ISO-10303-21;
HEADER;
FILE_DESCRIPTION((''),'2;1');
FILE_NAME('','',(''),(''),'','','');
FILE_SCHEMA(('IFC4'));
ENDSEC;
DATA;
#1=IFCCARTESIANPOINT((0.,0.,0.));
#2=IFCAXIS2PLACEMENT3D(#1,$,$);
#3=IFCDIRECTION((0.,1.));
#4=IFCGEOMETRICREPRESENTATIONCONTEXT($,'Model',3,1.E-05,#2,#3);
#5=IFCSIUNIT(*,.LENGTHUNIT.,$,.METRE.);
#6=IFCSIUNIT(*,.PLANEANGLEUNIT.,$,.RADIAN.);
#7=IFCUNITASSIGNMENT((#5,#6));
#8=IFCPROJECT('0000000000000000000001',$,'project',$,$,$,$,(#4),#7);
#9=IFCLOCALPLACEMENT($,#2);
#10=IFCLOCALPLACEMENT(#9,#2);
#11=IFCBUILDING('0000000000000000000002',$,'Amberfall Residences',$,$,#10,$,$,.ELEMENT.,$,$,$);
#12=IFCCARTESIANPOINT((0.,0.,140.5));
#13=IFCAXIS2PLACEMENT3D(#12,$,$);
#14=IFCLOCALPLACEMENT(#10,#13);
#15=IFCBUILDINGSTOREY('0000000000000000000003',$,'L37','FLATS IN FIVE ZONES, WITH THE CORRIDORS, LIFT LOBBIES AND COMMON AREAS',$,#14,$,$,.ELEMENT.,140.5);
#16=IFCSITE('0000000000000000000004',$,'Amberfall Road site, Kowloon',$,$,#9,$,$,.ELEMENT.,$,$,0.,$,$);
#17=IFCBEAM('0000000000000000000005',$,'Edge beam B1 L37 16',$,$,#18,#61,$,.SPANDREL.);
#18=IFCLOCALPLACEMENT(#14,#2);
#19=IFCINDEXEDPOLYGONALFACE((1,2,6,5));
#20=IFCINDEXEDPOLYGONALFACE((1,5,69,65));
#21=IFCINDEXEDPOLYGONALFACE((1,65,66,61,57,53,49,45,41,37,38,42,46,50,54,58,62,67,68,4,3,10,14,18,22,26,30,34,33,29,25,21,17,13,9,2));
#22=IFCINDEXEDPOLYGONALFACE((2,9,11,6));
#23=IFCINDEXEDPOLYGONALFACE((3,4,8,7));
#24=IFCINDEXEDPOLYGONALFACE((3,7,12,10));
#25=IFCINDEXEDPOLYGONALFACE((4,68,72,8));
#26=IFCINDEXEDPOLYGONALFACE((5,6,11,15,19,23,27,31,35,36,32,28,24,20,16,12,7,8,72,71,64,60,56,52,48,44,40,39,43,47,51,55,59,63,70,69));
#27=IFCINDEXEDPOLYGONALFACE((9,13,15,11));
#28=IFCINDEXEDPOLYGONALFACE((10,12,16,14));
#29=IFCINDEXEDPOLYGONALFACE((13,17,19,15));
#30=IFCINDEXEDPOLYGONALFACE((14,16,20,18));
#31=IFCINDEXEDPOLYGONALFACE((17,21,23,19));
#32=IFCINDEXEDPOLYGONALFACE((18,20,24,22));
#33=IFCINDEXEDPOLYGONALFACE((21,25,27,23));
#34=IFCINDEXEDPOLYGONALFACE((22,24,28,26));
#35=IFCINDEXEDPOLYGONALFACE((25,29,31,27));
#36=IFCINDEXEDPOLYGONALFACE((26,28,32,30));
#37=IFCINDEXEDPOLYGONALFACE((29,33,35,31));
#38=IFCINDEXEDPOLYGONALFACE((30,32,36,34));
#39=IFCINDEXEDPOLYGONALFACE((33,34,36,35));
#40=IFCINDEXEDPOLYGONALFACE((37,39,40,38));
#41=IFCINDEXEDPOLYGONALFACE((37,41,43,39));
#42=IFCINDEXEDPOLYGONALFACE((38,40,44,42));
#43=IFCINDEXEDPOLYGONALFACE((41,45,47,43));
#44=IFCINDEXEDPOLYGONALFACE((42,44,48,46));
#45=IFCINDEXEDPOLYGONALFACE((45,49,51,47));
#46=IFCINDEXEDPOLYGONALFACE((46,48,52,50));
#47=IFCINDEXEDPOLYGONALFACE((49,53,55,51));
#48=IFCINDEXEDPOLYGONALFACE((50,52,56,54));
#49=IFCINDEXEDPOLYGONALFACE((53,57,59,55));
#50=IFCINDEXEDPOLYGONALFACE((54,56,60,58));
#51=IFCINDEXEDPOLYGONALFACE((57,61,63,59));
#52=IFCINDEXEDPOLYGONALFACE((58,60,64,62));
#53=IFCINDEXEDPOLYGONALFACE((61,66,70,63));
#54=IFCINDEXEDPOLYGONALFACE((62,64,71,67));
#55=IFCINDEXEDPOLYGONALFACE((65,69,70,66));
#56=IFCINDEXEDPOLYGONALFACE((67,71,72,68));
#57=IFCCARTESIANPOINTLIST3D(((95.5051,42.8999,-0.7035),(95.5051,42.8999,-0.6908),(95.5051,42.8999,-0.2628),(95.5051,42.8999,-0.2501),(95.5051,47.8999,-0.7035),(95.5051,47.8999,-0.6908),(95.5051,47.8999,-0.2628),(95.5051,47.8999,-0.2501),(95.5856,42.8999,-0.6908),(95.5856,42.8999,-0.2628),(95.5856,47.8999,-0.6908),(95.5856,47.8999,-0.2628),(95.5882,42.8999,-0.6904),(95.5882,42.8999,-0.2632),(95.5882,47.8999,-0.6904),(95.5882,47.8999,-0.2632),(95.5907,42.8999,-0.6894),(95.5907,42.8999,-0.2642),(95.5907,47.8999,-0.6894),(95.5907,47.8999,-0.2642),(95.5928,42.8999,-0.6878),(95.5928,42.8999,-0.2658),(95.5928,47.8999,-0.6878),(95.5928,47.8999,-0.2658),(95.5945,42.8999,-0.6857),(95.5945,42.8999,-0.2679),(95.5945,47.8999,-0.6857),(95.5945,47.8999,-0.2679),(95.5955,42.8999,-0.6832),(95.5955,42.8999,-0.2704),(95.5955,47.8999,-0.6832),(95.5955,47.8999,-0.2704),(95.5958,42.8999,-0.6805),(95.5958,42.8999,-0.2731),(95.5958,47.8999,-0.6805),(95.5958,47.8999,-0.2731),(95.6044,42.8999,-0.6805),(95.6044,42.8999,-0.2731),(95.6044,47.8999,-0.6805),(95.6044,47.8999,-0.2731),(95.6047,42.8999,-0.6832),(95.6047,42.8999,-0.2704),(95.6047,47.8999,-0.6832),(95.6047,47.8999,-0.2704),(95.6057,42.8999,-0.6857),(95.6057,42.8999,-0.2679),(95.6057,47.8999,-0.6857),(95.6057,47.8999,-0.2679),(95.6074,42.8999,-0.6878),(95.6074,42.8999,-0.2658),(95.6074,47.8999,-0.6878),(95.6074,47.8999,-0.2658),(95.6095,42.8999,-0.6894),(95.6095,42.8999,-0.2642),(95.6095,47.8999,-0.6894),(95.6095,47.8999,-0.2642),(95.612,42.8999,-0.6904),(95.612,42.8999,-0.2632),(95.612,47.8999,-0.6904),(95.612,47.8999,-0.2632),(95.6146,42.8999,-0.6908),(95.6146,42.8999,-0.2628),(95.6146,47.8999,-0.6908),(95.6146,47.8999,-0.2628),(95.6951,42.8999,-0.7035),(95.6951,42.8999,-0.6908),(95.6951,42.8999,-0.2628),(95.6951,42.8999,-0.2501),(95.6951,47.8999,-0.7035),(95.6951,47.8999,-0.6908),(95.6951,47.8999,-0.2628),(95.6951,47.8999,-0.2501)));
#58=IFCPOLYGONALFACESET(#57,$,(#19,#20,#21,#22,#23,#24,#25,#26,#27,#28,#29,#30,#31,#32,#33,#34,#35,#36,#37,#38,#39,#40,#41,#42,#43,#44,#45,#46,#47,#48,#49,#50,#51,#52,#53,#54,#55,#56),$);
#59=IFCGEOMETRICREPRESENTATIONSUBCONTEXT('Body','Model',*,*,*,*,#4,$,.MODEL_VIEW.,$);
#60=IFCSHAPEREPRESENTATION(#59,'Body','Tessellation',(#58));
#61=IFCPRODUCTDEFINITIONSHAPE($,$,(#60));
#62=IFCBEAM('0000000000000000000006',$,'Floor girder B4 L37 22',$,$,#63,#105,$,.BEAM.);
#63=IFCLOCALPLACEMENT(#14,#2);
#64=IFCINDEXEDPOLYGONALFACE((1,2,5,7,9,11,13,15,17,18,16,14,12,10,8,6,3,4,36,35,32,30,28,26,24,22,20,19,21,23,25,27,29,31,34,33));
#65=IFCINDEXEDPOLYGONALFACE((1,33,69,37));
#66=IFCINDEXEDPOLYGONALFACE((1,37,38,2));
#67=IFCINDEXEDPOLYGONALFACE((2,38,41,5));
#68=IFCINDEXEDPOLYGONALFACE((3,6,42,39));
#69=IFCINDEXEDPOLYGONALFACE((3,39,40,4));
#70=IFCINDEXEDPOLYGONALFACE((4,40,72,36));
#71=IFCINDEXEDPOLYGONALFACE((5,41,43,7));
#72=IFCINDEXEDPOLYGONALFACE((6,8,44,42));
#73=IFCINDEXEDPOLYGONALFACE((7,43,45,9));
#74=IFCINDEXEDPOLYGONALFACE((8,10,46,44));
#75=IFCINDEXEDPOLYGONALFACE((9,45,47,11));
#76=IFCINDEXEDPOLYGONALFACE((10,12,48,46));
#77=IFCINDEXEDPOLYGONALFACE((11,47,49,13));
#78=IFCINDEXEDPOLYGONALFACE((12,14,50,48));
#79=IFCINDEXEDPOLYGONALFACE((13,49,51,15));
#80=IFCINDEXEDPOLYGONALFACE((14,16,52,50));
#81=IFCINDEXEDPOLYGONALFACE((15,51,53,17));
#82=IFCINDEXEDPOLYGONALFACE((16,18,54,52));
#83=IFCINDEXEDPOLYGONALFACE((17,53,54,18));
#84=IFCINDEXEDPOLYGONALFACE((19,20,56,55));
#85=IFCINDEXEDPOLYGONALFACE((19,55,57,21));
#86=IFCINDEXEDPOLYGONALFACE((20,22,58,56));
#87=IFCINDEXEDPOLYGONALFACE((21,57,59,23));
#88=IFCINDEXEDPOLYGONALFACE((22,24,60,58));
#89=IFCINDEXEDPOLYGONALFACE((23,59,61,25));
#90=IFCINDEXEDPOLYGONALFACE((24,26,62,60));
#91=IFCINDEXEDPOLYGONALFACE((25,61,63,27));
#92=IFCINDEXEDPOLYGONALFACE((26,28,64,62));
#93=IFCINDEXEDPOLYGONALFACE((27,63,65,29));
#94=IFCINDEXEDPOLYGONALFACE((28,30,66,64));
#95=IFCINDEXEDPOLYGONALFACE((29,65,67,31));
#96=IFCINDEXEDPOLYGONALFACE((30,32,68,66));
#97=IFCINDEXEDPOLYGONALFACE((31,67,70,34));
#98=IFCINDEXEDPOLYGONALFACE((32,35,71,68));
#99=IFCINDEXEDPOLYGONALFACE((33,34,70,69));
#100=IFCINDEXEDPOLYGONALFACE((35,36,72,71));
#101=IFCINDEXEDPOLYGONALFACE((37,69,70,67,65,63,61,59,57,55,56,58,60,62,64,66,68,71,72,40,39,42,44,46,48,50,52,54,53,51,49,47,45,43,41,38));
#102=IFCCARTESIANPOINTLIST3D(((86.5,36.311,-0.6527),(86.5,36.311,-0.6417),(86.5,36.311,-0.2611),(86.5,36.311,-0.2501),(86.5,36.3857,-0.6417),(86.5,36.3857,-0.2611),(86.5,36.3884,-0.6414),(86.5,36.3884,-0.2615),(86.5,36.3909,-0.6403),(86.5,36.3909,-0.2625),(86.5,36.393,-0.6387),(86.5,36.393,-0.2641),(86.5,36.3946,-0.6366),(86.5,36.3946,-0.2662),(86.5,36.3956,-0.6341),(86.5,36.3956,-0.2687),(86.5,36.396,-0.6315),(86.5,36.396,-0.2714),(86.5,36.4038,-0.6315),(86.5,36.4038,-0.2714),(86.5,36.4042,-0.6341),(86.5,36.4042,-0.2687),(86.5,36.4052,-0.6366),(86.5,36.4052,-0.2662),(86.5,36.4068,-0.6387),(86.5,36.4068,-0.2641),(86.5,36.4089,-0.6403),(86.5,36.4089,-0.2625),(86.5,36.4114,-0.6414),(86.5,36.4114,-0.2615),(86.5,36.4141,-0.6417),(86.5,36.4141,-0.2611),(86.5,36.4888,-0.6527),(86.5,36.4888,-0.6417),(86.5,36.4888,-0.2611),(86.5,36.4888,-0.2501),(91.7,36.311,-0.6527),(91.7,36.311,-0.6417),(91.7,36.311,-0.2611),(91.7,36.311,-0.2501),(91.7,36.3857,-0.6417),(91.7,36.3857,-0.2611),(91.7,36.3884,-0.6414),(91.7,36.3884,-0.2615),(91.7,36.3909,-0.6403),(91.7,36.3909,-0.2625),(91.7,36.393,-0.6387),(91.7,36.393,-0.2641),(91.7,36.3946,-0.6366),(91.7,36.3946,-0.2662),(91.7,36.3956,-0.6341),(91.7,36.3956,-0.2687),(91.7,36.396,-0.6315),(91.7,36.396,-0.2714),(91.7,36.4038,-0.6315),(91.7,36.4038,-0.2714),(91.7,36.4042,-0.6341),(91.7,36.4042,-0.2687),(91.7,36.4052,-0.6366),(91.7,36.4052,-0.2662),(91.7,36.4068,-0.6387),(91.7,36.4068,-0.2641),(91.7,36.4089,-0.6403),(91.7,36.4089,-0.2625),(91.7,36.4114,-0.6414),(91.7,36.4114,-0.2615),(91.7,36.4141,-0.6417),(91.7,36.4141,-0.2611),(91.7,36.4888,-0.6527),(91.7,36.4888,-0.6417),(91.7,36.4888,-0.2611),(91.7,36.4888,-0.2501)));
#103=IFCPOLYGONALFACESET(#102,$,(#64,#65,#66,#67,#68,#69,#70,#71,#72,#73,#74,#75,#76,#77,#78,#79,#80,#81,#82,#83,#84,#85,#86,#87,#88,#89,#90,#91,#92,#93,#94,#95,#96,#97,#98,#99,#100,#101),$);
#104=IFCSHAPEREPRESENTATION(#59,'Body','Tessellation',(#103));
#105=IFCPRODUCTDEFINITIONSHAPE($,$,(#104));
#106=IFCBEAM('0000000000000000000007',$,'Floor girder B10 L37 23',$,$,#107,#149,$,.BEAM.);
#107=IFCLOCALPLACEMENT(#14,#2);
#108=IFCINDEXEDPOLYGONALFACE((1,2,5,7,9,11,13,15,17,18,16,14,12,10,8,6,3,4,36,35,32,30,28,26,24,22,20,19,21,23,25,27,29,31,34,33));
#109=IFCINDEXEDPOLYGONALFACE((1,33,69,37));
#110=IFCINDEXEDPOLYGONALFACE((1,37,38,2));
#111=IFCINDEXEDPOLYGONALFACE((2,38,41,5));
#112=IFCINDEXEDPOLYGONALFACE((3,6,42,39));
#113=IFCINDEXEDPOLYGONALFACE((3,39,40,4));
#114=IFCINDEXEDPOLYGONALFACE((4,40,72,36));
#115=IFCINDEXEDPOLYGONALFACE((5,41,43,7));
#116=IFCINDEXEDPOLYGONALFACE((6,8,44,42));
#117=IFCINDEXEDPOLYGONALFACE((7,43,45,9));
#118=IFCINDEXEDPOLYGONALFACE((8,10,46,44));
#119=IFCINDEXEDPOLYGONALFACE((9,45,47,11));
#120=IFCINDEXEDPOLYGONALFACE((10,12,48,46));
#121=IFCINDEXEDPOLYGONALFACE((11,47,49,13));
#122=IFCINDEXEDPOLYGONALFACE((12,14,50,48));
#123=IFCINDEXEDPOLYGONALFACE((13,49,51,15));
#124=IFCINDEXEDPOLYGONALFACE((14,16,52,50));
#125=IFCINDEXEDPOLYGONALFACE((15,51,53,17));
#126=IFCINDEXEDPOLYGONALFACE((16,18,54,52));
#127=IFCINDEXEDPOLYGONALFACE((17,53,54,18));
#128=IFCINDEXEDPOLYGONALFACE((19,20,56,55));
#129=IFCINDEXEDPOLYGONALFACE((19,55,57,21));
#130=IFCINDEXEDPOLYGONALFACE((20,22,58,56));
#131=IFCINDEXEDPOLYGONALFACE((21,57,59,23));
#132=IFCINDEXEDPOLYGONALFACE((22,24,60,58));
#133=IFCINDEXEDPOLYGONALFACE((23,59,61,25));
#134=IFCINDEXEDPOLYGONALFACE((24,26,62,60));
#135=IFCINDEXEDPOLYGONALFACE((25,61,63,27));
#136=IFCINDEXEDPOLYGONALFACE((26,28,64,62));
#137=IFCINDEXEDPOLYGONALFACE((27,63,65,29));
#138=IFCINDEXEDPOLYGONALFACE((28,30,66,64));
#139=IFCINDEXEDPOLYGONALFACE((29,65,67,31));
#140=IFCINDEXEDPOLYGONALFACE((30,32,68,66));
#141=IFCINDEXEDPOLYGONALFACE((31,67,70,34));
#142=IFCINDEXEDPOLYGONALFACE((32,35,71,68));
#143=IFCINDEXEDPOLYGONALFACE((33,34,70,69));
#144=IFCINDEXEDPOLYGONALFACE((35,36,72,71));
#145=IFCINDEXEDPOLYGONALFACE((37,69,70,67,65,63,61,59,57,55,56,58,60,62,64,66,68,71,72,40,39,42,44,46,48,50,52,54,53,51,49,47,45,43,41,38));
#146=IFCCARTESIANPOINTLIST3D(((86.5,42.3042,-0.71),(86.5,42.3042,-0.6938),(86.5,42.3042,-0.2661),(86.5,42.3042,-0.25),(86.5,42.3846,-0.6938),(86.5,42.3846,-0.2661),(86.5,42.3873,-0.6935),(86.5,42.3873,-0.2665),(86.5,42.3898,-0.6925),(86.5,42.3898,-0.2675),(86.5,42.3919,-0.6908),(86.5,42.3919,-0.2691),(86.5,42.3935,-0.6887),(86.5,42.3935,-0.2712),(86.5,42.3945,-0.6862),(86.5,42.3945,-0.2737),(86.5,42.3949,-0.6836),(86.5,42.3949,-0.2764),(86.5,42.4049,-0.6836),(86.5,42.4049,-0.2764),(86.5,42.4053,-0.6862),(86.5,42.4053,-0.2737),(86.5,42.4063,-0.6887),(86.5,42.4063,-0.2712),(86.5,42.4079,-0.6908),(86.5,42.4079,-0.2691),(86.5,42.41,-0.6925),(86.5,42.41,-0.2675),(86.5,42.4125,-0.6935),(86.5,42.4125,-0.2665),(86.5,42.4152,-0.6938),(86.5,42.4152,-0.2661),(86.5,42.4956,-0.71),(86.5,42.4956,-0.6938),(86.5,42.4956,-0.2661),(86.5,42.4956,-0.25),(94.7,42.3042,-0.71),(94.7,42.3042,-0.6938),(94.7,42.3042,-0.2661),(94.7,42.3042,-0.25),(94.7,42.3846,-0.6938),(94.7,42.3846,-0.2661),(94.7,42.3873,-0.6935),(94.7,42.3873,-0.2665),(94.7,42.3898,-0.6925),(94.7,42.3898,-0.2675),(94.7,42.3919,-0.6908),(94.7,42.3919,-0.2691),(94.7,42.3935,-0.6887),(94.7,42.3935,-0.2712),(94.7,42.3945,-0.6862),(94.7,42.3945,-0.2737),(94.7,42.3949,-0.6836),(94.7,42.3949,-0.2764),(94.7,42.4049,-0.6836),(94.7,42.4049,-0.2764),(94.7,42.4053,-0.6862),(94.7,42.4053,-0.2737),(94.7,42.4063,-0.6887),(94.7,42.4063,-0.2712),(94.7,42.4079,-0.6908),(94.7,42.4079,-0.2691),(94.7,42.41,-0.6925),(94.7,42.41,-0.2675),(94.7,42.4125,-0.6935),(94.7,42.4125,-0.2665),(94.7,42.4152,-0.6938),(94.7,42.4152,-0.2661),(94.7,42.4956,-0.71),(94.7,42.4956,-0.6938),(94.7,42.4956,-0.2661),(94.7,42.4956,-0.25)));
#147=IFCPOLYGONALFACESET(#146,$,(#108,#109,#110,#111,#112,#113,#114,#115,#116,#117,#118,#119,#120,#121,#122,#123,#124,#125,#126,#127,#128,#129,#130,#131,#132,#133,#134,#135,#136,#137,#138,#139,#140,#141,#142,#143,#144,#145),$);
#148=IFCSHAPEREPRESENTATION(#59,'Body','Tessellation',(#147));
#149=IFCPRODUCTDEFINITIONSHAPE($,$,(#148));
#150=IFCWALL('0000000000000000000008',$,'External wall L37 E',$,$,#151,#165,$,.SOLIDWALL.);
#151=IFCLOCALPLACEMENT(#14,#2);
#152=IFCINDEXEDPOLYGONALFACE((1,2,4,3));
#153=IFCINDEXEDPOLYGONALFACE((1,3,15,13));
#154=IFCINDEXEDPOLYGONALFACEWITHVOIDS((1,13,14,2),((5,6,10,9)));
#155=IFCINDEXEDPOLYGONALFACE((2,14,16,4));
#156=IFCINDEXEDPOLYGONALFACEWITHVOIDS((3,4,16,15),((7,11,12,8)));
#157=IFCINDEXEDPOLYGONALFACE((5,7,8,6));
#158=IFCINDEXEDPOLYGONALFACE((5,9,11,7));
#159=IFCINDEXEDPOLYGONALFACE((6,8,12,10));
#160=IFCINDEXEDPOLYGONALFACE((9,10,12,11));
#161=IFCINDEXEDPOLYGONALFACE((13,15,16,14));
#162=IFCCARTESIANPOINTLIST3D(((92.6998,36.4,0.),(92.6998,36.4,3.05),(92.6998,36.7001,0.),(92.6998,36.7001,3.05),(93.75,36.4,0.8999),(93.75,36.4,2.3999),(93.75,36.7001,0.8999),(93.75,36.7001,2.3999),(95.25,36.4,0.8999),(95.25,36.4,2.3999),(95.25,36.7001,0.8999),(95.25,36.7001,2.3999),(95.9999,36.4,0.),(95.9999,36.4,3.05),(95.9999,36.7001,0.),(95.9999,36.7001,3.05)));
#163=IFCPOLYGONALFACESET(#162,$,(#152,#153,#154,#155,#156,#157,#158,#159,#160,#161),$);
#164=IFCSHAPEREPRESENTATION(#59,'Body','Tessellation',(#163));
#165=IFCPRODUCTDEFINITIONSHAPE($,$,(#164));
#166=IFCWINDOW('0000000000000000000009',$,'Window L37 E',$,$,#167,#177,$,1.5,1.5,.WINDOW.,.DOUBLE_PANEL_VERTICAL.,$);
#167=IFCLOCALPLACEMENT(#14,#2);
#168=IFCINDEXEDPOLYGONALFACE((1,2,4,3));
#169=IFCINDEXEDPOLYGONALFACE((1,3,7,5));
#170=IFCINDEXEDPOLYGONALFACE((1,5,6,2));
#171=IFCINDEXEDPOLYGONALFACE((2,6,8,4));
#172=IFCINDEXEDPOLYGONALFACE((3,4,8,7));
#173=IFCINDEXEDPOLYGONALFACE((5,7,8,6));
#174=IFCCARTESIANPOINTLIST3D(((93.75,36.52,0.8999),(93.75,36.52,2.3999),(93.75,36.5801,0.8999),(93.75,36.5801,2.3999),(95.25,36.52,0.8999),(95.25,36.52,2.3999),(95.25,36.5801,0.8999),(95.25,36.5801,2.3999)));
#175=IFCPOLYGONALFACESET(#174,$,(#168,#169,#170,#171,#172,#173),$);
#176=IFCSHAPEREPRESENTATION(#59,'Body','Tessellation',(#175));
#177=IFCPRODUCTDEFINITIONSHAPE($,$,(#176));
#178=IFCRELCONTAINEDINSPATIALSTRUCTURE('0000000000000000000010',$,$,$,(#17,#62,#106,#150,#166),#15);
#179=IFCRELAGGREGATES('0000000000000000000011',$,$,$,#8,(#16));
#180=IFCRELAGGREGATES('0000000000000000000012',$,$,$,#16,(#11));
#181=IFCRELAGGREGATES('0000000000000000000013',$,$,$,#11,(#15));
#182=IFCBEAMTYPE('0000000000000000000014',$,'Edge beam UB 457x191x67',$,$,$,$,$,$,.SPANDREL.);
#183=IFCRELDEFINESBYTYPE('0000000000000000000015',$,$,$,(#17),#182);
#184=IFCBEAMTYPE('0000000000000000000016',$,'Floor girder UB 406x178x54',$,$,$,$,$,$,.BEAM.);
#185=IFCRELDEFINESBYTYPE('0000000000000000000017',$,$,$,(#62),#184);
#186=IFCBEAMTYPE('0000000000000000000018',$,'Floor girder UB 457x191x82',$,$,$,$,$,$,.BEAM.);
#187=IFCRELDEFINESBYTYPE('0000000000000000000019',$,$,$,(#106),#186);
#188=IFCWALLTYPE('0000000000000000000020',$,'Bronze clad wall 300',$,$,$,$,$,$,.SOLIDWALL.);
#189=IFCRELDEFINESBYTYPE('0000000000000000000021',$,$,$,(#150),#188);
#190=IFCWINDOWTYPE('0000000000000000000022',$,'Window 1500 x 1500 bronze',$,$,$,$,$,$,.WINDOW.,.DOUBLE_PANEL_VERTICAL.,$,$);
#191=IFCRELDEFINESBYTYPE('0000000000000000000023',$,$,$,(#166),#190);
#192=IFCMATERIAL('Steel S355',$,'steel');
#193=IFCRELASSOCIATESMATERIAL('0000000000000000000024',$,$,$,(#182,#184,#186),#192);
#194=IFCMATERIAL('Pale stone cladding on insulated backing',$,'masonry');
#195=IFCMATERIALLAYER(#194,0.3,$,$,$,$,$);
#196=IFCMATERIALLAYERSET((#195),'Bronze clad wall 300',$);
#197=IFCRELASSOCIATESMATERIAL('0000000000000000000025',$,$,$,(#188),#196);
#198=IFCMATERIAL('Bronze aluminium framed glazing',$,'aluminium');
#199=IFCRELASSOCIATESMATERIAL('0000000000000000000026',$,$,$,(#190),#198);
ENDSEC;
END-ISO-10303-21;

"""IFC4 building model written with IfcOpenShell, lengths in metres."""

from ifc_helpers import new_model, si_unit, direction, frame, frame_2d, origin, origin_2d, place, context, subcontext, project, spatial, rectangle, i_section, extrude, material, layer, layer_set, material_profile, profile_set, type_object, element, fill, save


model = new_model("IFC4")

# Units and contexts
model_context = context("Model", 3, precision=1e-05, world=origin(), true_north=direction((0.0, 1.0)))
body_context = subcontext(model_context, "Body", "Model", "MODEL_VIEW")
ifc_project = project(units=[si_unit("LENGTHUNIT", "METRE"), si_unit("PLANEANGLEUNIT", "RADIAN")], contexts=[model_context])

# Site, building, storey
site_placement = place(None, origin())
site = spatial("IfcSite", under=ifc_project, at=site_placement, Name="Amberfall Road site, Kowloon", CompositionType="ELEMENT", RefElevation=0.0)
building_placement = place(site_placement, origin())
building = spatial("IfcBuilding", under=site, at=building_placement, Name="Amberfall Residences", CompositionType="ELEMENT")
storey_placement = place(building_placement, frame((0.0, 0.0, 140.5)))
storey = spatial("IfcBuildingStorey", under=building, at=storey_placement, Name="L37", Description="FLATS IN FIVE ZONES, WITH THE CORRIDORS, LIFT LOBBIES AND COMMON AREAS", CompositionType="ELEMENT", Elevation=140.5)

# Beams
ifc_material_1 = material(Name="Steel S355", Category="steel")
ifc_material_profile_1 = material_profile(ifc_material_1, i_section(OverallWidth=0.1899, OverallDepth=0.4534, WebThickness=0.0085, FlangeThickness=0.0127, FilletRadius=0.0103, at=origin_2d()), Name="UB 457x191x67")
ifc_profile_set_1 = profile_set([ifc_material_profile_1], Name="Steel S355")
beam_type_1 = type_object("IfcBeamType", Name="Edge beam UB 457x191x67", PredefinedType="SPANDREL", material=ifc_profile_set_1)
beam_1_placement = place(storey_placement, frame((95.6001, 42.8999, -0.4768), z_axis=(0.0, 1.0, 0.0), x_axis=(-1.0, 0.0, 0.0)))
element("IfcBeam", 1, at=beam_1_placement, inside=storey, type_object=beam_type_1, Name="Edge beam B1 L37 16", PredefinedType="SPANDREL", context=body_context, shape_type="SweptSolid", body=[
    extrude(i_section(OverallWidth=0.1899, OverallDepth=0.4534, WebThickness=0.0085, FlangeThickness=0.0127, FilletRadius=0.0103, at=origin_2d()), origin(), (0.0, 0.0, 1.0), 5.0),
])
ifc_material_profile_2 = material_profile(ifc_material_1, i_section(OverallWidth=0.1777, OverallDepth=0.4026, WebThickness=0.0078, FlangeThickness=0.011, FilletRadius=0.0103, at=origin_2d()), Name="UB 406x178x54")
ifc_profile_set_2 = profile_set([ifc_material_profile_2], Name="Steel S355")
beam_type_2 = type_object("IfcBeamType", Name="Floor girder UB 406x178x54", PredefinedType="BEAM", material=ifc_profile_set_2)
beam_2_placement = place(storey_placement, frame((91.7, 36.3999, -0.4514), z_axis=(-1.0, 0.0, 0.0), x_axis=(0.0, -1.0, 0.0)))
element("IfcBeam", 2, at=beam_2_placement, inside=storey, type_object=beam_type_2, Name="Floor girder B4 L37 22", PredefinedType="BEAM", context=body_context, shape_type="SweptSolid", body=[
    extrude(i_section(OverallWidth=0.1777, OverallDepth=0.4026, WebThickness=0.0078, FlangeThickness=0.011, FilletRadius=0.0103, at=origin_2d()), origin(), (0.0, 0.0, 1.0), 5.2),
])
ifc_material_profile_3 = material_profile(ifc_material_1, i_section(OverallWidth=0.1914, OverallDepth=0.46, WebThickness=0.01, FlangeThickness=0.0161, FilletRadius=0.0103, at=origin_2d()), Name="UB 457x191x82")
ifc_profile_set_3 = profile_set([ifc_material_profile_3], Name="Steel S355")
beam_type_3 = type_object("IfcBeamType", Name="Floor girder UB 457x191x82", PredefinedType="BEAM", material=ifc_profile_set_3)
beam_3_placement = place(storey_placement, frame((94.7, 42.3999, -0.48), z_axis=(-1.0, 0.0, 0.0), x_axis=(0.0, -1.0, 0.0)))
element("IfcBeam", 3, at=beam_3_placement, inside=storey, type_object=beam_type_3, Name="Floor girder B10 L37 23", PredefinedType="BEAM", context=body_context, shape_type="SweptSolid", body=[
    extrude(i_section(OverallWidth=0.1914, OverallDepth=0.46, WebThickness=0.01, FlangeThickness=0.0161, FilletRadius=0.0103, at=origin_2d()), origin(), (0.0, 0.0, 1.0), 8.2),
])

# Wall, opening, window
ifc_material_2 = material(Name="Pale stone cladding on insulated backing", Category="masonry")
ifc_layer_1 = layer(ifc_material_2, 0.3)
ifc_layer_set_1 = layer_set([ifc_layer_1], Name="Bronze clad wall 300")
wall_type_1 = type_object("IfcWallType", Name="Bronze clad wall 300", PredefinedType="SOLIDWALL", material=ifc_layer_set_1)
wall_1_placement = place(storey_placement, frame((92.7, 36.55, 0.0), z_axis=(0.0, 0.0, 1.0), x_axis=(1.0, 0.0, 0.0)))
wall_1 = element("IfcWall", 4, at=wall_1_placement, inside=storey, type_object=wall_type_1, Name="External wall L37 E", PredefinedType="SOLIDWALL", context=body_context, shape_type="SweptSolid", body=[
    extrude(rectangle(XDim=3.3, YDim=0.3, at=frame_2d((1.6499, 0.0))), origin(), (0.0, 0.0, 1.0), 3.05),
])
opening_1_placement = place(wall_1_placement, frame((1.05, 0.0, 0.8999)))
opening_1 = element("IfcOpeningElement", 5, at=opening_1_placement, cuts=wall_1, PredefinedType="OPENING", context=body_context, shape_type="SweptSolid", body=[
    extrude(rectangle(XDim=1.5, YDim=1.5, at=frame_2d((0.75, 0.75))), frame((0.0, 0.1599, 0.0), z_axis=(0.0, -1.0, 0.0), x_axis=(1.0, 0.0, 0.0)), (0.0, 0.0, 1.0), 0.3201),
])
ifc_material_3 = material(Name="Bronze aluminium framed glazing", Category="aluminium")
window_type_1 = type_object("IfcWindowType", Name="Window 1500 x 1500 bronze", PartitioningType="DOUBLE_PANEL_VERTICAL", PredefinedType="WINDOW", material=ifc_material_3)
window_1_placement = place(opening_1_placement, origin())
window_1 = element("IfcWindow", 6, at=window_1_placement, inside=storey, type_object=window_type_1, Name="Window L37 E", OverallHeight=1.5, OverallWidth=1.5, PartitioningType="DOUBLE_PANEL_VERTICAL", PredefinedType="WINDOW", context=body_context, shape_type="SweptSolid", body=[
    extrude(rectangle(XDim=1.5, YDim=1.5, at=frame_2d((0.75, 0.75))), frame((0.0, 0.03, 0.0), z_axis=(0.0, -1.0, 0.0), x_axis=(1.0, 0.0, 0.0)), (0.0, 0.0, 1.0), 0.0601),
])
fill(opening_1, window_1)

save(model, "model.ifc")
